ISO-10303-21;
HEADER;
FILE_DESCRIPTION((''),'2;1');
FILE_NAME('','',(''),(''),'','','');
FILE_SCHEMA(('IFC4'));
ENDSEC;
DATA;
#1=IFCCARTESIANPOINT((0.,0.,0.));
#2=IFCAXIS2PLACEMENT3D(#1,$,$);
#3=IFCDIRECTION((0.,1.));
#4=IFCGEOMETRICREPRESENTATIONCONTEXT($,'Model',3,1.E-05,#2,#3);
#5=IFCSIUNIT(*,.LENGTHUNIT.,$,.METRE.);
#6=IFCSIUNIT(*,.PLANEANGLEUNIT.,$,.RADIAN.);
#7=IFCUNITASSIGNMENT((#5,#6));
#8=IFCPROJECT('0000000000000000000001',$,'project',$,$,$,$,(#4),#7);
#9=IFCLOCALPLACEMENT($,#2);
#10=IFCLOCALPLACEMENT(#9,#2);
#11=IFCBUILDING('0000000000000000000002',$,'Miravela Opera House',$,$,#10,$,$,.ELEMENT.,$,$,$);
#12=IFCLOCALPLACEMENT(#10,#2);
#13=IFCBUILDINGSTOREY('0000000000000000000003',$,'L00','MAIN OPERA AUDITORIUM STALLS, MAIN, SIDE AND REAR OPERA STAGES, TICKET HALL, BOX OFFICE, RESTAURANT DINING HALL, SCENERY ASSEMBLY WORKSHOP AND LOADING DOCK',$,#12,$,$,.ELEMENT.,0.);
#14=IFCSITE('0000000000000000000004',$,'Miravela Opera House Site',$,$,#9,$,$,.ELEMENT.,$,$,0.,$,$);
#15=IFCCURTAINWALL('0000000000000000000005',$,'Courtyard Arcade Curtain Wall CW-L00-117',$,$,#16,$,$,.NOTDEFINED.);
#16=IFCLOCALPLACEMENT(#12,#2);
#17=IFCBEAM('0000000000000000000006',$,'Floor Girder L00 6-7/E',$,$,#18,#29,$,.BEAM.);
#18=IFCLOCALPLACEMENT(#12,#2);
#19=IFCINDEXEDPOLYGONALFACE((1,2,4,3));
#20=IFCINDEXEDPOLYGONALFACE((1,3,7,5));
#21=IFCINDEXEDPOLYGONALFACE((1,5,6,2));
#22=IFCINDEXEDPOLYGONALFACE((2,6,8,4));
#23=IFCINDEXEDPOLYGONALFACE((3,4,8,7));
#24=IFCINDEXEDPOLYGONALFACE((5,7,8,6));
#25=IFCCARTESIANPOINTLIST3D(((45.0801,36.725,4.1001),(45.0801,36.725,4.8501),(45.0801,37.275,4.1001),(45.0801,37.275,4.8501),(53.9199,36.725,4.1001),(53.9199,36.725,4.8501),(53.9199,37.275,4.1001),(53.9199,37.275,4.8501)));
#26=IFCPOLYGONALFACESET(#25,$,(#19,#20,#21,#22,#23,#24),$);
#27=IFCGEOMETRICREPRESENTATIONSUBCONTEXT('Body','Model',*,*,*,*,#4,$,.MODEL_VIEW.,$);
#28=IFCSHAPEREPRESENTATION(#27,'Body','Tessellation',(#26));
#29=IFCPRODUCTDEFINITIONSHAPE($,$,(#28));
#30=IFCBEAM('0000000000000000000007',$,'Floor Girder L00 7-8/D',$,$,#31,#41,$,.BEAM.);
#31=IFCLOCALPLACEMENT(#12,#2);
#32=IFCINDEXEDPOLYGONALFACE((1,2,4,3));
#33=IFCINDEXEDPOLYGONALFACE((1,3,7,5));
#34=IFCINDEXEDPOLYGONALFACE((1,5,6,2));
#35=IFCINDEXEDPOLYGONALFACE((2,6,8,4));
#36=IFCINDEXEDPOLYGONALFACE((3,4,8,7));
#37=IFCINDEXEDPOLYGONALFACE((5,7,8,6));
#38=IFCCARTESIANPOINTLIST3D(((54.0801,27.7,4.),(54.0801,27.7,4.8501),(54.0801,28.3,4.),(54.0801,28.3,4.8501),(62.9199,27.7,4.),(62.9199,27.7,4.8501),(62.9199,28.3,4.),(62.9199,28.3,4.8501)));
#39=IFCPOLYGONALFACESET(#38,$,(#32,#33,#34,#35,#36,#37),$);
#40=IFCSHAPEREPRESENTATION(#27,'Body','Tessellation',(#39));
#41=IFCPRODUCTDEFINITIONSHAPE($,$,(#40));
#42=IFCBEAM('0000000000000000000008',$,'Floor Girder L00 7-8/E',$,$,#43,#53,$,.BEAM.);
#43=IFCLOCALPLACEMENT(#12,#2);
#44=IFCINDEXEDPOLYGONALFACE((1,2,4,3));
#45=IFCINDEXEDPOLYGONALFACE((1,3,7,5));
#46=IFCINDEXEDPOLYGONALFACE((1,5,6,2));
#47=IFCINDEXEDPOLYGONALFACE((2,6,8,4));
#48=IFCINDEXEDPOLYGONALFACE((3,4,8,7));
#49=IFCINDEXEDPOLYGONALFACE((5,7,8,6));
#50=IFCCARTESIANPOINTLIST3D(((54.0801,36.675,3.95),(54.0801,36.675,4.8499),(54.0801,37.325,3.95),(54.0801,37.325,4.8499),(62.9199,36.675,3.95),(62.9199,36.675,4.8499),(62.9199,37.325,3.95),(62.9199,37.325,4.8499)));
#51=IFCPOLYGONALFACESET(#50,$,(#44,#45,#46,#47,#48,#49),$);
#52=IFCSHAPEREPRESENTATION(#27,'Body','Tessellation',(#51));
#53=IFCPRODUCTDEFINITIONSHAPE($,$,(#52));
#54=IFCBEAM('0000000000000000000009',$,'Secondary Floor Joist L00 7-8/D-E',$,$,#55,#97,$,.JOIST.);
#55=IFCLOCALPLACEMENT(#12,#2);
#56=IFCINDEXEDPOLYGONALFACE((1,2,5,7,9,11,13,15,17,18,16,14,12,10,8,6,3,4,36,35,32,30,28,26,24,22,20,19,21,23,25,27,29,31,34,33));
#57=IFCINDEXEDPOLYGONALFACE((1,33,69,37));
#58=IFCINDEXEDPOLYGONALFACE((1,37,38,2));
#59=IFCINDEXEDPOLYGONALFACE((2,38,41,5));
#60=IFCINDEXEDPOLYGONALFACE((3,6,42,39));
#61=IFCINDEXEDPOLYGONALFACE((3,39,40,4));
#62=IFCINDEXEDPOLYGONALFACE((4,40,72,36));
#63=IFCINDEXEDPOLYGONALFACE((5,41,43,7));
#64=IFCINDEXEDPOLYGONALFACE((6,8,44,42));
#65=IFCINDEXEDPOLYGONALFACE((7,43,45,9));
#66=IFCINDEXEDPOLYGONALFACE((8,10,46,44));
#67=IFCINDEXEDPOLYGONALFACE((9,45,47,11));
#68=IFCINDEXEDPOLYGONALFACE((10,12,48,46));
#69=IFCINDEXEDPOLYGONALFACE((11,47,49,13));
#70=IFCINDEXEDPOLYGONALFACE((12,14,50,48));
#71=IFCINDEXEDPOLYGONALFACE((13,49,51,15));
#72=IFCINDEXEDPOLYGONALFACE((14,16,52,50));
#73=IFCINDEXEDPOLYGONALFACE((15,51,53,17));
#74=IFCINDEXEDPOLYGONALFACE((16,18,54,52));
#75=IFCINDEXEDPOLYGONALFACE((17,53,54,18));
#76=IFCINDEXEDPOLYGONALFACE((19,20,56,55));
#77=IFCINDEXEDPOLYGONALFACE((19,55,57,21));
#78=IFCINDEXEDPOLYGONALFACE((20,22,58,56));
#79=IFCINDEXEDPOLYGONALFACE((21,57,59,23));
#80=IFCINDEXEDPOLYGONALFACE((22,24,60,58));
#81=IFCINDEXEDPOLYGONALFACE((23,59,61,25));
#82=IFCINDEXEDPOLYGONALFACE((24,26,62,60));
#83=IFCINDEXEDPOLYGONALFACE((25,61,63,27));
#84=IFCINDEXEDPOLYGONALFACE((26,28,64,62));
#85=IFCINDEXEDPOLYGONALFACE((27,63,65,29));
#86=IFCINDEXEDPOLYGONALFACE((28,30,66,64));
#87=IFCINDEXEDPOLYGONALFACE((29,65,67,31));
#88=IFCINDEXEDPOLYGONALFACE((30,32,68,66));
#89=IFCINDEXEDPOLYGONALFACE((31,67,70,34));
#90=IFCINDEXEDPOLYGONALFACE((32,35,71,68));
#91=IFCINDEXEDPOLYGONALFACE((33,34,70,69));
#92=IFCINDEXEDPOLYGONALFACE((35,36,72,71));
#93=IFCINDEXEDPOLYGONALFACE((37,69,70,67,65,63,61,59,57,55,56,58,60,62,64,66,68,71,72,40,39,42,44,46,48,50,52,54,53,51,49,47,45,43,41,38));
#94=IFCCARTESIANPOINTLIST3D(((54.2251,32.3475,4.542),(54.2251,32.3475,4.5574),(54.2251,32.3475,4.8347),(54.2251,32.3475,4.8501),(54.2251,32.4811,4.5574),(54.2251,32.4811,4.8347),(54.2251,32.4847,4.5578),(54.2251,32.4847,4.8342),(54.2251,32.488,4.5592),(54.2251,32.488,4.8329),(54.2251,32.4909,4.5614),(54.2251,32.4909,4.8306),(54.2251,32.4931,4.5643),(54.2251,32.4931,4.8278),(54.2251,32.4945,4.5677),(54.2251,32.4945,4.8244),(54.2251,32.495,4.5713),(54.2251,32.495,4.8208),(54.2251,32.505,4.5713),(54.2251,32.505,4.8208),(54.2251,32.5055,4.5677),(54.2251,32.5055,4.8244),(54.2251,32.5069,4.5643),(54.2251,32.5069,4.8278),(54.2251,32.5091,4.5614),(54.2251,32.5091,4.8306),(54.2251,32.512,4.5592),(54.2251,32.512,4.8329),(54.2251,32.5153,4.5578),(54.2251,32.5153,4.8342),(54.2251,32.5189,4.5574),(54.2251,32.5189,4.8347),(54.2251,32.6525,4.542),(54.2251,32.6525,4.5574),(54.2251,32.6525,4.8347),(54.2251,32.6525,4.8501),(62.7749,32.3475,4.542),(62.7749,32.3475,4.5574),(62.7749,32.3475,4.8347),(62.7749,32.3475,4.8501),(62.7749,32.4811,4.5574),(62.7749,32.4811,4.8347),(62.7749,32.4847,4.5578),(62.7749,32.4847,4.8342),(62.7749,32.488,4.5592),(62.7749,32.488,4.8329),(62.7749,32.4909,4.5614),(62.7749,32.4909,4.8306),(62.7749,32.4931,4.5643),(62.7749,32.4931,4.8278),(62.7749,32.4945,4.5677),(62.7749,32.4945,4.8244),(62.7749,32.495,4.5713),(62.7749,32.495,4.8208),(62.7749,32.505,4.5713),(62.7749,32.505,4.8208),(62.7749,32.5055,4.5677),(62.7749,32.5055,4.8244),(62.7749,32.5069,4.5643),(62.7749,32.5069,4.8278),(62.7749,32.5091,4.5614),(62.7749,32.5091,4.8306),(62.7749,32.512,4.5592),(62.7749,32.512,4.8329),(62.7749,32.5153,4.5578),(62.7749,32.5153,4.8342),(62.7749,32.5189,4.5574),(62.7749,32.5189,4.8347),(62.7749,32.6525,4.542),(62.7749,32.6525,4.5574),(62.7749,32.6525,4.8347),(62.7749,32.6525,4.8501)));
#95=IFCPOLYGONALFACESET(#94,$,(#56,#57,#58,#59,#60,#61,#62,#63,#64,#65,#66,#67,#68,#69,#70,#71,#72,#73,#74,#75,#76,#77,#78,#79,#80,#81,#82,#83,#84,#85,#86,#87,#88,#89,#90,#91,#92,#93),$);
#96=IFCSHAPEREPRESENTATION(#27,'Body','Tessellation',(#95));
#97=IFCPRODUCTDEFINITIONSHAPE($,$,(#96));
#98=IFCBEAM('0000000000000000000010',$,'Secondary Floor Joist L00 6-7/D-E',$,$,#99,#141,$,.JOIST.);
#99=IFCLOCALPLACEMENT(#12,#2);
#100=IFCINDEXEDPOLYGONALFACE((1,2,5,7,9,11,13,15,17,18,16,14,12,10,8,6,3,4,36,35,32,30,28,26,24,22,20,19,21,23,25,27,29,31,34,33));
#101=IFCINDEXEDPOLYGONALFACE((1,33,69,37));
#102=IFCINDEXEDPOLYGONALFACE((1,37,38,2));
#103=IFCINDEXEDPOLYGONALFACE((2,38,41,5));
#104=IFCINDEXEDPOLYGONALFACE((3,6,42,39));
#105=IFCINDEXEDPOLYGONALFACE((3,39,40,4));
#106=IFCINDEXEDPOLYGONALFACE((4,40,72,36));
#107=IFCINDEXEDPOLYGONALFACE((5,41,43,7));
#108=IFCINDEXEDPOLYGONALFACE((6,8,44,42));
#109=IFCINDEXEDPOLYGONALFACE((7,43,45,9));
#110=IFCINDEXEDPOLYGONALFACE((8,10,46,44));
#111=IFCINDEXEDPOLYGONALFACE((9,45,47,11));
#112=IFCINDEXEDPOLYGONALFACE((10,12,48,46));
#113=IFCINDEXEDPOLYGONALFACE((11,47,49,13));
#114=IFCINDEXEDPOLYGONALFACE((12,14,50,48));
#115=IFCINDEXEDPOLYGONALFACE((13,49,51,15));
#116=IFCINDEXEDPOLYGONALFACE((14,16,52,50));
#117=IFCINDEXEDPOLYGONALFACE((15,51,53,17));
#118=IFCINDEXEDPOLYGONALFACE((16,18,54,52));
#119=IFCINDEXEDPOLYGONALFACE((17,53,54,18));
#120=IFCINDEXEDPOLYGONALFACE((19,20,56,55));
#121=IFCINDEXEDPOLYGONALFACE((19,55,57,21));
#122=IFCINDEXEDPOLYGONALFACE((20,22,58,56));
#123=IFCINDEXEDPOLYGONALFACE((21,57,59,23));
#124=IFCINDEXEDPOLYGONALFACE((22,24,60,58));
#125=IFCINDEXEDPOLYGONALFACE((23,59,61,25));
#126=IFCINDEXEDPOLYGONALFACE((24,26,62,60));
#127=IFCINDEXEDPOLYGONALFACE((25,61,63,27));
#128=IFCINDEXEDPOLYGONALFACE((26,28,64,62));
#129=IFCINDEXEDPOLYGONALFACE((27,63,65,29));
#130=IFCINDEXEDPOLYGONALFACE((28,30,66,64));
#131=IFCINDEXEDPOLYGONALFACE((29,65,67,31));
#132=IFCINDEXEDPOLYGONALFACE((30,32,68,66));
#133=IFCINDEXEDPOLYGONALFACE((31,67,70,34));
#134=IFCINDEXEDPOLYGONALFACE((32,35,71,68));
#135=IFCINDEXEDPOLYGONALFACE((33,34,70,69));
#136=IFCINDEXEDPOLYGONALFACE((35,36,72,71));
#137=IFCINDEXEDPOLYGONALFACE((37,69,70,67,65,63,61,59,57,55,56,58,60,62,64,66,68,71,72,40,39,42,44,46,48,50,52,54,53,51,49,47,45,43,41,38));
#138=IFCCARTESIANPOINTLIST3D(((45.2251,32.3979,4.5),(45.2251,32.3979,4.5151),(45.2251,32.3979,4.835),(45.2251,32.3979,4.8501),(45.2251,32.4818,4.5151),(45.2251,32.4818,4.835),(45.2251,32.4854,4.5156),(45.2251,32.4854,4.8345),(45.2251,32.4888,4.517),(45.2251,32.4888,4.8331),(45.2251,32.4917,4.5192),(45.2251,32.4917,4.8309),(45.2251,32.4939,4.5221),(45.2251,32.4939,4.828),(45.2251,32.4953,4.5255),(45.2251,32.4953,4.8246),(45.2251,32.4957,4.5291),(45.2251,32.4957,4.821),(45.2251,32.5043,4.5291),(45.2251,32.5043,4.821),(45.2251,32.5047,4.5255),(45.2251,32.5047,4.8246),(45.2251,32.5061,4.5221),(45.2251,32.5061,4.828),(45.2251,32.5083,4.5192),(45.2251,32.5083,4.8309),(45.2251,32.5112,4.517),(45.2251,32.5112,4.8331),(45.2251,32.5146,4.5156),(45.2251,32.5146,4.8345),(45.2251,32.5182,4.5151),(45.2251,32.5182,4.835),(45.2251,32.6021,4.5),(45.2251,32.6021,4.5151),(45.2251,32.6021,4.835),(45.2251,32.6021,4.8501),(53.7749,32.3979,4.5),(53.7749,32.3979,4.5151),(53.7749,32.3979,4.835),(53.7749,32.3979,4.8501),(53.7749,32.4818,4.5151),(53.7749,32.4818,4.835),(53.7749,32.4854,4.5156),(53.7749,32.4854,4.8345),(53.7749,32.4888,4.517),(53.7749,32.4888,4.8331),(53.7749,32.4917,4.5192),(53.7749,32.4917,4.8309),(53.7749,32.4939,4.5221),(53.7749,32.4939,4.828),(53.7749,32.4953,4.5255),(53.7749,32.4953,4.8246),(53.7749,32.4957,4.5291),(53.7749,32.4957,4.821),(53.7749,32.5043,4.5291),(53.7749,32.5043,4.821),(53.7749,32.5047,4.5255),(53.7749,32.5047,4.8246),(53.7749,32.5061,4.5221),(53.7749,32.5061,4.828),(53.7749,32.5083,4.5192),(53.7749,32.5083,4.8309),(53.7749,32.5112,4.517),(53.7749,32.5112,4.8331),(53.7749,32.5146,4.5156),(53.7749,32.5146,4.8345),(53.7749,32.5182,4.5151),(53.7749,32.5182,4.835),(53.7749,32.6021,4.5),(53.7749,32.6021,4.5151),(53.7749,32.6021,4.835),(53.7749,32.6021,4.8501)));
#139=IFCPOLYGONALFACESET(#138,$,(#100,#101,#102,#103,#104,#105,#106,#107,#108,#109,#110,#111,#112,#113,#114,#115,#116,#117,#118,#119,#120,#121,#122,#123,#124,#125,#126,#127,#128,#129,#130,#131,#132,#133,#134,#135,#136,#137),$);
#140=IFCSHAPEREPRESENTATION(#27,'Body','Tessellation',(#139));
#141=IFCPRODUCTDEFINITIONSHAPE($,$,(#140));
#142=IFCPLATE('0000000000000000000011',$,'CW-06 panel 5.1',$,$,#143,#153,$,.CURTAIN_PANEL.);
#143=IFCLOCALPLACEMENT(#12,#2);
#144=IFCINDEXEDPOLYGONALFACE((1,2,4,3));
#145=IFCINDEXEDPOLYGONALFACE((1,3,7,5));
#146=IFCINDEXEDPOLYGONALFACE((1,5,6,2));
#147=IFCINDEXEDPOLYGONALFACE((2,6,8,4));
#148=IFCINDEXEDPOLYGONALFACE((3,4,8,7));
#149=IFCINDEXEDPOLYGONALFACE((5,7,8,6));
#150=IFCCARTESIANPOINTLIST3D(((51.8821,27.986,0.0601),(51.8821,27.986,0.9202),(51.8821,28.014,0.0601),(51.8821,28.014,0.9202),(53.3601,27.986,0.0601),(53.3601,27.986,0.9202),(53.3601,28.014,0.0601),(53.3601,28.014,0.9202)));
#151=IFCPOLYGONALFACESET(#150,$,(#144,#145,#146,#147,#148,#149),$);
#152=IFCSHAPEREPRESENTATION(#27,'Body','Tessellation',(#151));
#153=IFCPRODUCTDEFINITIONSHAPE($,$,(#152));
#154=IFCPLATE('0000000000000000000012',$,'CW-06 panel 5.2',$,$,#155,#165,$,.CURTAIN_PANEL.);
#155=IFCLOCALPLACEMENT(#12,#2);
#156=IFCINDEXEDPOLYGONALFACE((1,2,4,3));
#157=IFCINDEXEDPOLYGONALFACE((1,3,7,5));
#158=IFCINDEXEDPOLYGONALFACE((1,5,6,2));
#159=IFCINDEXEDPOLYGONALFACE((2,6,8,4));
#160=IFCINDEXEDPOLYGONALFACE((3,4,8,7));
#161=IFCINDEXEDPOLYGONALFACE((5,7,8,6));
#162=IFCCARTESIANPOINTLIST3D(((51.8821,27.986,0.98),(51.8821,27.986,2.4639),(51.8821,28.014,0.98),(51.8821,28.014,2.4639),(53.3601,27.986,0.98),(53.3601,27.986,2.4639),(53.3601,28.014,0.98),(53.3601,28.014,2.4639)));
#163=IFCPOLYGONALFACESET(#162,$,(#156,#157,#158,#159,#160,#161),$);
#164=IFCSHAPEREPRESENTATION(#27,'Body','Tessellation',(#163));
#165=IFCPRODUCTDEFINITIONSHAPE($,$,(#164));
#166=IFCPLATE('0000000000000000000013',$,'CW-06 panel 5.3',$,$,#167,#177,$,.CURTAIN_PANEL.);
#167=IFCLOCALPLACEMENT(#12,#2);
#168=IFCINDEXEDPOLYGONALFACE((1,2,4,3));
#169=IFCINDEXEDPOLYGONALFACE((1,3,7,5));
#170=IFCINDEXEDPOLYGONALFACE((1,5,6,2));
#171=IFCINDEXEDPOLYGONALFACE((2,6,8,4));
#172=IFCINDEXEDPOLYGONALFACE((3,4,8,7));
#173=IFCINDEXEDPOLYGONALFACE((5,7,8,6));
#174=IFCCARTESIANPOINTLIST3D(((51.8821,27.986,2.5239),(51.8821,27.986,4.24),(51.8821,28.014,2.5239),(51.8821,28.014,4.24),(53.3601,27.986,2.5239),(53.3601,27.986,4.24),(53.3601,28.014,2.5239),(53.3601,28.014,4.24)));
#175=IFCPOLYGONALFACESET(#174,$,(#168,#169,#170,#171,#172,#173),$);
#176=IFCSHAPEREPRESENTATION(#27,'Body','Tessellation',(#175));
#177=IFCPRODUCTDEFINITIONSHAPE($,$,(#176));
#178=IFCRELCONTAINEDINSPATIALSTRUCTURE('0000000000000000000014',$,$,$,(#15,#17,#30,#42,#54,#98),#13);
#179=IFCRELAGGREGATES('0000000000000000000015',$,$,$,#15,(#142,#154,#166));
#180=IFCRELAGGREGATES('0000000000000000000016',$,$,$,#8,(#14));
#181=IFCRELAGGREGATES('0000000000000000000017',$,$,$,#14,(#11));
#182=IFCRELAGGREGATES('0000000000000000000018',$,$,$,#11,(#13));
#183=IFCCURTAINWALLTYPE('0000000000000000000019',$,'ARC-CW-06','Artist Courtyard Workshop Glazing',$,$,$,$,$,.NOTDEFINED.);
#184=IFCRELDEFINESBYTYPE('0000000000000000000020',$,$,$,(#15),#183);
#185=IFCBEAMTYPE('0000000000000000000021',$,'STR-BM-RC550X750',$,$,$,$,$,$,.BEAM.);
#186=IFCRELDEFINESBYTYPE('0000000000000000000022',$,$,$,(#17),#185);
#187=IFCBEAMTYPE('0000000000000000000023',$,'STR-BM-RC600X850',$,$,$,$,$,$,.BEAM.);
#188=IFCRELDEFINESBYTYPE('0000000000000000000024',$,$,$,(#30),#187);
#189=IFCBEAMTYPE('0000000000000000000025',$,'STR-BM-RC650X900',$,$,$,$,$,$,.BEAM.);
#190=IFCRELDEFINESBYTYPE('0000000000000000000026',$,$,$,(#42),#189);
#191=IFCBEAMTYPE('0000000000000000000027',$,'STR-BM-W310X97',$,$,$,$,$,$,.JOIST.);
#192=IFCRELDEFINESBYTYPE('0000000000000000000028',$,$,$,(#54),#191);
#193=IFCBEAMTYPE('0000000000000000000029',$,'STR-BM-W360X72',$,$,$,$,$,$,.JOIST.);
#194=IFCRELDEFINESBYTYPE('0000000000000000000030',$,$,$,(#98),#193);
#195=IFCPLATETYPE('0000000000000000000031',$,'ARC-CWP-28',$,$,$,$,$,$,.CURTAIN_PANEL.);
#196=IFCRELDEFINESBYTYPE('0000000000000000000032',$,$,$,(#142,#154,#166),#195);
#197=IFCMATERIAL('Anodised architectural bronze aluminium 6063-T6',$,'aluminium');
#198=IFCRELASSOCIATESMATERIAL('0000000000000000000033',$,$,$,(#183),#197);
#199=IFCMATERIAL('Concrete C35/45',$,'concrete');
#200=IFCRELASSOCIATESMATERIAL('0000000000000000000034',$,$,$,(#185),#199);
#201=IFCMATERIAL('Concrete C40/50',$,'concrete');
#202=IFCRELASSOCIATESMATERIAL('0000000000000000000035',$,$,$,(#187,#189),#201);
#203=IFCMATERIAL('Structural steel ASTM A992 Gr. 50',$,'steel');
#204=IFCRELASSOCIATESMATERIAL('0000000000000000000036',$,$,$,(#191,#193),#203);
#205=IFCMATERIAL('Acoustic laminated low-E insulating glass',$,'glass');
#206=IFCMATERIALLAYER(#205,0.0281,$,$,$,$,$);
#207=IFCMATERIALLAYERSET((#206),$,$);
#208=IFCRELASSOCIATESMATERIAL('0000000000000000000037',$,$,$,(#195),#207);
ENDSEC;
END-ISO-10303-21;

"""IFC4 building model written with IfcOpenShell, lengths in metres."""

from ifc_helpers import new_model, si_unit, direction, frame, origin, origin_2d, place, context, subcontext, project, spatial, rectangle, i_section, extrude, material, layer, layer_set, material_profile, profile_set, type_object, element, aggregate, save


model = new_model("IFC4")

# Units and contexts
model_context = context("Model", 3, precision=1e-05, world=origin(), true_north=direction((0.0, 1.0)))
body_context = subcontext(model_context, "Body", "Model", "MODEL_VIEW")
ifc_project = project(units=[si_unit("LENGTHUNIT", "METRE"), si_unit("PLANEANGLEUNIT", "RADIAN")], contexts=[model_context])

# Site, building, storey
site_placement = place(None, origin())
site = spatial("IfcSite", under=ifc_project, at=site_placement, Name="Miravela Opera House Site", CompositionType="ELEMENT", RefElevation=0.0)
building_placement = place(site_placement, origin())
building = spatial("IfcBuilding", under=site, at=building_placement, Name="Miravela Opera House", CompositionType="ELEMENT")
storey_placement = place(building_placement, origin())
storey = spatial("IfcBuildingStorey", under=building, at=storey_placement, Name="L00", Description="MAIN OPERA AUDITORIUM STALLS, MAIN, SIDE AND REAR OPERA STAGES, TICKET HALL, BOX OFFICE, RESTAURANT DINING HALL, SCENERY ASSEMBLY WORKSHOP AND LOADING DOCK", CompositionType="ELEMENT", Elevation=0.0)

# Shared definitions
ifc_material_1 = material(Name="Concrete C35/45", Category="concrete")
ifc_material_2 = material(Name="Concrete C40/50", Category="concrete")

# Curtain wall
ifc_material_3 = material(Name="Anodised architectural bronze aluminium 6063-T6", Category="aluminium")
curtain_wall_type = type_object("IfcCurtainWallType", Name="ARC-CW-06", Description="Artist Courtyard Workshop Glazing", PredefinedType="NOTDEFINED", material=ifc_material_3)
curtain_wall_1_placement = place(storey_placement, origin())
curtain_wall_1 = element("IfcCurtainWall", 1, at=curtain_wall_1_placement, inside=storey, type_object=curtain_wall_type, Name="Courtyard Arcade Curtain Wall CW-L00-117", PredefinedType="NOTDEFINED")

# Beams
ifc_material_profile_1 = material_profile(ifc_material_1, rectangle(XDim=0.55, YDim=0.75, at=origin_2d()), Name="RC-BM-550X750")
ifc_profile_set_1 = profile_set([ifc_material_profile_1])
beam_type_1 = type_object("IfcBeamType", Name="STR-BM-RC550X750", PredefinedType="BEAM", material=ifc_profile_set_1)
beam_1_placement = place(storey_placement, frame((45.0801, 37.0, 4.4751), z_axis=(1.0, 0.0, 0.0), x_axis=(0.0, 1.0, 0.0)))
element("IfcBeam", 2, at=beam_1_placement, inside=storey, type_object=beam_type_1, Name="Floor Girder L00 6-7/E", PredefinedType="BEAM", context=body_context, shape_type="SweptSolid", body=[
    extrude(rectangle(XDim=0.55, YDim=0.75, at=origin_2d()), origin(), (0.0, 0.0, 1.0), 8.8398),
])
ifc_material_profile_2 = material_profile(ifc_material_2, rectangle(XDim=0.6001, YDim=0.8501, at=origin_2d()), Name="RC-BM-600X850")
ifc_profile_set_2 = profile_set([ifc_material_profile_2])
beam_type_2 = type_object("IfcBeamType", Name="STR-BM-RC600X850", PredefinedType="BEAM", material=ifc_profile_set_2)
beam_2_placement = place(storey_placement, frame((54.0801, 28.0, 4.425), z_axis=(1.0, 0.0, 0.0), x_axis=(0.0, 1.0, 0.0)))
element("IfcBeam", 3, at=beam_2_placement, inside=storey, type_object=beam_type_2, Name="Floor Girder L00 7-8/D", PredefinedType="BEAM", context=body_context, shape_type="SweptSolid", body=[
    extrude(rectangle(XDim=0.6001, YDim=0.8501, at=origin_2d()), origin(), (0.0, 0.0, 1.0), 8.8398),
])
ifc_material_profile_3 = material_profile(ifc_material_2, rectangle(XDim=0.6499, YDim=0.8999, at=origin_2d()), Name="RC-BM-650X900")
ifc_profile_set_3 = profile_set([ifc_material_profile_3])
beam_type_3 = type_object("IfcBeamType", Name="STR-BM-RC650X900", PredefinedType="BEAM", material=ifc_profile_set_3)
beam_3_placement = place(storey_placement, frame((54.0801, 37.0, 4.3999), z_axis=(1.0, 0.0, 0.0), x_axis=(0.0, 1.0, 0.0)))
element("IfcBeam", 4, at=beam_3_placement, inside=storey, type_object=beam_type_3, Name="Floor Girder L00 7-8/E", PredefinedType="BEAM", context=body_context, shape_type="SweptSolid", body=[
    extrude(rectangle(XDim=0.6499, YDim=0.8999, at=origin_2d()), origin(), (0.0, 0.0, 1.0), 8.8398),
])
ifc_material_4 = material(Name="Structural steel ASTM A992 Gr. 50", Category="steel")
ifc_material_profile_4 = material_profile(ifc_material_4, i_section(OverallWidth=0.3049, OverallDepth=0.3081, WebThickness=0.01, FlangeThickness=0.0154, FilletRadius=0.0139, at=origin_2d()), Name="W310X97")
ifc_profile_set_4 = profile_set([ifc_material_profile_4])
beam_type_4 = type_object("IfcBeamType", Name="STR-BM-W310X97", PredefinedType="JOIST", material=ifc_profile_set_4)
beam_4_placement = place(storey_placement, frame((54.2251, 32.5, 4.696), z_axis=(1.0, 0.0, 0.0), x_axis=(0.0, 1.0, 0.0)))
element("IfcBeam", 5, at=beam_4_placement, inside=storey, type_object=beam_type_4, Name="Secondary Floor Joist L00 7-8/D-E", PredefinedType="JOIST", context=body_context, shape_type="SweptSolid", body=[
    extrude(i_section(OverallWidth=0.3049, OverallDepth=0.3081, WebThickness=0.01, FlangeThickness=0.0154, FilletRadius=0.0139, at=origin_2d()), origin(), (0.0, 0.0, 1.0), 8.5498),
])
ifc_material_profile_5 = material_profile(ifc_material_4, i_section(OverallWidth=0.2041, OverallDepth=0.3501, WebThickness=0.0085, FlangeThickness=0.0151, FilletRadius=0.0139, at=origin_2d()), Name="W360X72")
ifc_profile_set_5 = profile_set([ifc_material_profile_5])
beam_type_5 = type_object("IfcBeamType", Name="STR-BM-W360X72", PredefinedType="JOIST", material=ifc_profile_set_5)
beam_5_placement = place(storey_placement, frame((45.2251, 32.5, 4.675), z_axis=(1.0, 0.0, 0.0), x_axis=(0.0, 1.0, 0.0)))
element("IfcBeam", 6, at=beam_5_placement, inside=storey, type_object=beam_type_5, Name="Secondary Floor Joist L00 6-7/D-E", PredefinedType="JOIST", context=body_context, shape_type="SweptSolid", body=[
    extrude(i_section(OverallWidth=0.2041, OverallDepth=0.3501, WebThickness=0.0085, FlangeThickness=0.0151, FilletRadius=0.0139, at=origin_2d()), origin(), (0.0, 0.0, 1.0), 8.5498),
])

# Plates
ifc_material_5 = material(Name="Acoustic laminated low-E insulating glass", Category="glass")
ifc_layer_1 = layer(ifc_material_5, 0.0281)
ifc_layer_set_1 = layer_set([ifc_layer_1])
plate_type = type_object("IfcPlateType", Name="ARC-CWP-28", PredefinedType="CURTAIN_PANEL", material=ifc_layer_set_1)
plate_1_placement = place(storey_placement, frame((52.6211, 28.0, 0.0601), z_axis=(0.0, 0.0, 1.0), x_axis=(1.0, 0.0, 0.0)))
plate_1 = element("IfcPlate", 7, at=plate_1_placement, type_object=plate_type, Name="CW-06 panel 5.1", PredefinedType="CURTAIN_PANEL", context=body_context, shape_type="SweptSolid", body=[
    extrude(rectangle(XDim=1.478, YDim=0.0281, at=origin_2d()), origin(), (0.0, 0.0, 1.0), 0.8601),
])
plate_2_placement = place(storey_placement, frame((52.6211, 28.0, 0.98), z_axis=(0.0, 0.0, 1.0), x_axis=(1.0, 0.0, 0.0)))
plate_2 = element("IfcPlate", 8, at=plate_2_placement, type_object=plate_type, Name="CW-06 panel 5.2", PredefinedType="CURTAIN_PANEL", context=body_context, shape_type="SweptSolid", body=[
    extrude(rectangle(XDim=1.478, YDim=0.0281, at=origin_2d()), origin(), (0.0, 0.0, 1.0), 1.4839),
])
plate_3_placement = place(storey_placement, frame((52.6211, 28.0, 2.5239), z_axis=(0.0, 0.0, 1.0), x_axis=(1.0, 0.0, 0.0)))
plate_3 = element("IfcPlate", 9, at=plate_3_placement, type_object=plate_type, Name="CW-06 panel 5.3", PredefinedType="CURTAIN_PANEL", context=body_context, shape_type="SweptSolid", body=[
    extrude(rectangle(XDim=1.478, YDim=0.0281, at=origin_2d()), origin(), (0.0, 0.0, 1.0), 1.7161),
])
aggregate(curtain_wall_1, [plate_1, plate_2, plate_3])

save(model, "model.ifc")
